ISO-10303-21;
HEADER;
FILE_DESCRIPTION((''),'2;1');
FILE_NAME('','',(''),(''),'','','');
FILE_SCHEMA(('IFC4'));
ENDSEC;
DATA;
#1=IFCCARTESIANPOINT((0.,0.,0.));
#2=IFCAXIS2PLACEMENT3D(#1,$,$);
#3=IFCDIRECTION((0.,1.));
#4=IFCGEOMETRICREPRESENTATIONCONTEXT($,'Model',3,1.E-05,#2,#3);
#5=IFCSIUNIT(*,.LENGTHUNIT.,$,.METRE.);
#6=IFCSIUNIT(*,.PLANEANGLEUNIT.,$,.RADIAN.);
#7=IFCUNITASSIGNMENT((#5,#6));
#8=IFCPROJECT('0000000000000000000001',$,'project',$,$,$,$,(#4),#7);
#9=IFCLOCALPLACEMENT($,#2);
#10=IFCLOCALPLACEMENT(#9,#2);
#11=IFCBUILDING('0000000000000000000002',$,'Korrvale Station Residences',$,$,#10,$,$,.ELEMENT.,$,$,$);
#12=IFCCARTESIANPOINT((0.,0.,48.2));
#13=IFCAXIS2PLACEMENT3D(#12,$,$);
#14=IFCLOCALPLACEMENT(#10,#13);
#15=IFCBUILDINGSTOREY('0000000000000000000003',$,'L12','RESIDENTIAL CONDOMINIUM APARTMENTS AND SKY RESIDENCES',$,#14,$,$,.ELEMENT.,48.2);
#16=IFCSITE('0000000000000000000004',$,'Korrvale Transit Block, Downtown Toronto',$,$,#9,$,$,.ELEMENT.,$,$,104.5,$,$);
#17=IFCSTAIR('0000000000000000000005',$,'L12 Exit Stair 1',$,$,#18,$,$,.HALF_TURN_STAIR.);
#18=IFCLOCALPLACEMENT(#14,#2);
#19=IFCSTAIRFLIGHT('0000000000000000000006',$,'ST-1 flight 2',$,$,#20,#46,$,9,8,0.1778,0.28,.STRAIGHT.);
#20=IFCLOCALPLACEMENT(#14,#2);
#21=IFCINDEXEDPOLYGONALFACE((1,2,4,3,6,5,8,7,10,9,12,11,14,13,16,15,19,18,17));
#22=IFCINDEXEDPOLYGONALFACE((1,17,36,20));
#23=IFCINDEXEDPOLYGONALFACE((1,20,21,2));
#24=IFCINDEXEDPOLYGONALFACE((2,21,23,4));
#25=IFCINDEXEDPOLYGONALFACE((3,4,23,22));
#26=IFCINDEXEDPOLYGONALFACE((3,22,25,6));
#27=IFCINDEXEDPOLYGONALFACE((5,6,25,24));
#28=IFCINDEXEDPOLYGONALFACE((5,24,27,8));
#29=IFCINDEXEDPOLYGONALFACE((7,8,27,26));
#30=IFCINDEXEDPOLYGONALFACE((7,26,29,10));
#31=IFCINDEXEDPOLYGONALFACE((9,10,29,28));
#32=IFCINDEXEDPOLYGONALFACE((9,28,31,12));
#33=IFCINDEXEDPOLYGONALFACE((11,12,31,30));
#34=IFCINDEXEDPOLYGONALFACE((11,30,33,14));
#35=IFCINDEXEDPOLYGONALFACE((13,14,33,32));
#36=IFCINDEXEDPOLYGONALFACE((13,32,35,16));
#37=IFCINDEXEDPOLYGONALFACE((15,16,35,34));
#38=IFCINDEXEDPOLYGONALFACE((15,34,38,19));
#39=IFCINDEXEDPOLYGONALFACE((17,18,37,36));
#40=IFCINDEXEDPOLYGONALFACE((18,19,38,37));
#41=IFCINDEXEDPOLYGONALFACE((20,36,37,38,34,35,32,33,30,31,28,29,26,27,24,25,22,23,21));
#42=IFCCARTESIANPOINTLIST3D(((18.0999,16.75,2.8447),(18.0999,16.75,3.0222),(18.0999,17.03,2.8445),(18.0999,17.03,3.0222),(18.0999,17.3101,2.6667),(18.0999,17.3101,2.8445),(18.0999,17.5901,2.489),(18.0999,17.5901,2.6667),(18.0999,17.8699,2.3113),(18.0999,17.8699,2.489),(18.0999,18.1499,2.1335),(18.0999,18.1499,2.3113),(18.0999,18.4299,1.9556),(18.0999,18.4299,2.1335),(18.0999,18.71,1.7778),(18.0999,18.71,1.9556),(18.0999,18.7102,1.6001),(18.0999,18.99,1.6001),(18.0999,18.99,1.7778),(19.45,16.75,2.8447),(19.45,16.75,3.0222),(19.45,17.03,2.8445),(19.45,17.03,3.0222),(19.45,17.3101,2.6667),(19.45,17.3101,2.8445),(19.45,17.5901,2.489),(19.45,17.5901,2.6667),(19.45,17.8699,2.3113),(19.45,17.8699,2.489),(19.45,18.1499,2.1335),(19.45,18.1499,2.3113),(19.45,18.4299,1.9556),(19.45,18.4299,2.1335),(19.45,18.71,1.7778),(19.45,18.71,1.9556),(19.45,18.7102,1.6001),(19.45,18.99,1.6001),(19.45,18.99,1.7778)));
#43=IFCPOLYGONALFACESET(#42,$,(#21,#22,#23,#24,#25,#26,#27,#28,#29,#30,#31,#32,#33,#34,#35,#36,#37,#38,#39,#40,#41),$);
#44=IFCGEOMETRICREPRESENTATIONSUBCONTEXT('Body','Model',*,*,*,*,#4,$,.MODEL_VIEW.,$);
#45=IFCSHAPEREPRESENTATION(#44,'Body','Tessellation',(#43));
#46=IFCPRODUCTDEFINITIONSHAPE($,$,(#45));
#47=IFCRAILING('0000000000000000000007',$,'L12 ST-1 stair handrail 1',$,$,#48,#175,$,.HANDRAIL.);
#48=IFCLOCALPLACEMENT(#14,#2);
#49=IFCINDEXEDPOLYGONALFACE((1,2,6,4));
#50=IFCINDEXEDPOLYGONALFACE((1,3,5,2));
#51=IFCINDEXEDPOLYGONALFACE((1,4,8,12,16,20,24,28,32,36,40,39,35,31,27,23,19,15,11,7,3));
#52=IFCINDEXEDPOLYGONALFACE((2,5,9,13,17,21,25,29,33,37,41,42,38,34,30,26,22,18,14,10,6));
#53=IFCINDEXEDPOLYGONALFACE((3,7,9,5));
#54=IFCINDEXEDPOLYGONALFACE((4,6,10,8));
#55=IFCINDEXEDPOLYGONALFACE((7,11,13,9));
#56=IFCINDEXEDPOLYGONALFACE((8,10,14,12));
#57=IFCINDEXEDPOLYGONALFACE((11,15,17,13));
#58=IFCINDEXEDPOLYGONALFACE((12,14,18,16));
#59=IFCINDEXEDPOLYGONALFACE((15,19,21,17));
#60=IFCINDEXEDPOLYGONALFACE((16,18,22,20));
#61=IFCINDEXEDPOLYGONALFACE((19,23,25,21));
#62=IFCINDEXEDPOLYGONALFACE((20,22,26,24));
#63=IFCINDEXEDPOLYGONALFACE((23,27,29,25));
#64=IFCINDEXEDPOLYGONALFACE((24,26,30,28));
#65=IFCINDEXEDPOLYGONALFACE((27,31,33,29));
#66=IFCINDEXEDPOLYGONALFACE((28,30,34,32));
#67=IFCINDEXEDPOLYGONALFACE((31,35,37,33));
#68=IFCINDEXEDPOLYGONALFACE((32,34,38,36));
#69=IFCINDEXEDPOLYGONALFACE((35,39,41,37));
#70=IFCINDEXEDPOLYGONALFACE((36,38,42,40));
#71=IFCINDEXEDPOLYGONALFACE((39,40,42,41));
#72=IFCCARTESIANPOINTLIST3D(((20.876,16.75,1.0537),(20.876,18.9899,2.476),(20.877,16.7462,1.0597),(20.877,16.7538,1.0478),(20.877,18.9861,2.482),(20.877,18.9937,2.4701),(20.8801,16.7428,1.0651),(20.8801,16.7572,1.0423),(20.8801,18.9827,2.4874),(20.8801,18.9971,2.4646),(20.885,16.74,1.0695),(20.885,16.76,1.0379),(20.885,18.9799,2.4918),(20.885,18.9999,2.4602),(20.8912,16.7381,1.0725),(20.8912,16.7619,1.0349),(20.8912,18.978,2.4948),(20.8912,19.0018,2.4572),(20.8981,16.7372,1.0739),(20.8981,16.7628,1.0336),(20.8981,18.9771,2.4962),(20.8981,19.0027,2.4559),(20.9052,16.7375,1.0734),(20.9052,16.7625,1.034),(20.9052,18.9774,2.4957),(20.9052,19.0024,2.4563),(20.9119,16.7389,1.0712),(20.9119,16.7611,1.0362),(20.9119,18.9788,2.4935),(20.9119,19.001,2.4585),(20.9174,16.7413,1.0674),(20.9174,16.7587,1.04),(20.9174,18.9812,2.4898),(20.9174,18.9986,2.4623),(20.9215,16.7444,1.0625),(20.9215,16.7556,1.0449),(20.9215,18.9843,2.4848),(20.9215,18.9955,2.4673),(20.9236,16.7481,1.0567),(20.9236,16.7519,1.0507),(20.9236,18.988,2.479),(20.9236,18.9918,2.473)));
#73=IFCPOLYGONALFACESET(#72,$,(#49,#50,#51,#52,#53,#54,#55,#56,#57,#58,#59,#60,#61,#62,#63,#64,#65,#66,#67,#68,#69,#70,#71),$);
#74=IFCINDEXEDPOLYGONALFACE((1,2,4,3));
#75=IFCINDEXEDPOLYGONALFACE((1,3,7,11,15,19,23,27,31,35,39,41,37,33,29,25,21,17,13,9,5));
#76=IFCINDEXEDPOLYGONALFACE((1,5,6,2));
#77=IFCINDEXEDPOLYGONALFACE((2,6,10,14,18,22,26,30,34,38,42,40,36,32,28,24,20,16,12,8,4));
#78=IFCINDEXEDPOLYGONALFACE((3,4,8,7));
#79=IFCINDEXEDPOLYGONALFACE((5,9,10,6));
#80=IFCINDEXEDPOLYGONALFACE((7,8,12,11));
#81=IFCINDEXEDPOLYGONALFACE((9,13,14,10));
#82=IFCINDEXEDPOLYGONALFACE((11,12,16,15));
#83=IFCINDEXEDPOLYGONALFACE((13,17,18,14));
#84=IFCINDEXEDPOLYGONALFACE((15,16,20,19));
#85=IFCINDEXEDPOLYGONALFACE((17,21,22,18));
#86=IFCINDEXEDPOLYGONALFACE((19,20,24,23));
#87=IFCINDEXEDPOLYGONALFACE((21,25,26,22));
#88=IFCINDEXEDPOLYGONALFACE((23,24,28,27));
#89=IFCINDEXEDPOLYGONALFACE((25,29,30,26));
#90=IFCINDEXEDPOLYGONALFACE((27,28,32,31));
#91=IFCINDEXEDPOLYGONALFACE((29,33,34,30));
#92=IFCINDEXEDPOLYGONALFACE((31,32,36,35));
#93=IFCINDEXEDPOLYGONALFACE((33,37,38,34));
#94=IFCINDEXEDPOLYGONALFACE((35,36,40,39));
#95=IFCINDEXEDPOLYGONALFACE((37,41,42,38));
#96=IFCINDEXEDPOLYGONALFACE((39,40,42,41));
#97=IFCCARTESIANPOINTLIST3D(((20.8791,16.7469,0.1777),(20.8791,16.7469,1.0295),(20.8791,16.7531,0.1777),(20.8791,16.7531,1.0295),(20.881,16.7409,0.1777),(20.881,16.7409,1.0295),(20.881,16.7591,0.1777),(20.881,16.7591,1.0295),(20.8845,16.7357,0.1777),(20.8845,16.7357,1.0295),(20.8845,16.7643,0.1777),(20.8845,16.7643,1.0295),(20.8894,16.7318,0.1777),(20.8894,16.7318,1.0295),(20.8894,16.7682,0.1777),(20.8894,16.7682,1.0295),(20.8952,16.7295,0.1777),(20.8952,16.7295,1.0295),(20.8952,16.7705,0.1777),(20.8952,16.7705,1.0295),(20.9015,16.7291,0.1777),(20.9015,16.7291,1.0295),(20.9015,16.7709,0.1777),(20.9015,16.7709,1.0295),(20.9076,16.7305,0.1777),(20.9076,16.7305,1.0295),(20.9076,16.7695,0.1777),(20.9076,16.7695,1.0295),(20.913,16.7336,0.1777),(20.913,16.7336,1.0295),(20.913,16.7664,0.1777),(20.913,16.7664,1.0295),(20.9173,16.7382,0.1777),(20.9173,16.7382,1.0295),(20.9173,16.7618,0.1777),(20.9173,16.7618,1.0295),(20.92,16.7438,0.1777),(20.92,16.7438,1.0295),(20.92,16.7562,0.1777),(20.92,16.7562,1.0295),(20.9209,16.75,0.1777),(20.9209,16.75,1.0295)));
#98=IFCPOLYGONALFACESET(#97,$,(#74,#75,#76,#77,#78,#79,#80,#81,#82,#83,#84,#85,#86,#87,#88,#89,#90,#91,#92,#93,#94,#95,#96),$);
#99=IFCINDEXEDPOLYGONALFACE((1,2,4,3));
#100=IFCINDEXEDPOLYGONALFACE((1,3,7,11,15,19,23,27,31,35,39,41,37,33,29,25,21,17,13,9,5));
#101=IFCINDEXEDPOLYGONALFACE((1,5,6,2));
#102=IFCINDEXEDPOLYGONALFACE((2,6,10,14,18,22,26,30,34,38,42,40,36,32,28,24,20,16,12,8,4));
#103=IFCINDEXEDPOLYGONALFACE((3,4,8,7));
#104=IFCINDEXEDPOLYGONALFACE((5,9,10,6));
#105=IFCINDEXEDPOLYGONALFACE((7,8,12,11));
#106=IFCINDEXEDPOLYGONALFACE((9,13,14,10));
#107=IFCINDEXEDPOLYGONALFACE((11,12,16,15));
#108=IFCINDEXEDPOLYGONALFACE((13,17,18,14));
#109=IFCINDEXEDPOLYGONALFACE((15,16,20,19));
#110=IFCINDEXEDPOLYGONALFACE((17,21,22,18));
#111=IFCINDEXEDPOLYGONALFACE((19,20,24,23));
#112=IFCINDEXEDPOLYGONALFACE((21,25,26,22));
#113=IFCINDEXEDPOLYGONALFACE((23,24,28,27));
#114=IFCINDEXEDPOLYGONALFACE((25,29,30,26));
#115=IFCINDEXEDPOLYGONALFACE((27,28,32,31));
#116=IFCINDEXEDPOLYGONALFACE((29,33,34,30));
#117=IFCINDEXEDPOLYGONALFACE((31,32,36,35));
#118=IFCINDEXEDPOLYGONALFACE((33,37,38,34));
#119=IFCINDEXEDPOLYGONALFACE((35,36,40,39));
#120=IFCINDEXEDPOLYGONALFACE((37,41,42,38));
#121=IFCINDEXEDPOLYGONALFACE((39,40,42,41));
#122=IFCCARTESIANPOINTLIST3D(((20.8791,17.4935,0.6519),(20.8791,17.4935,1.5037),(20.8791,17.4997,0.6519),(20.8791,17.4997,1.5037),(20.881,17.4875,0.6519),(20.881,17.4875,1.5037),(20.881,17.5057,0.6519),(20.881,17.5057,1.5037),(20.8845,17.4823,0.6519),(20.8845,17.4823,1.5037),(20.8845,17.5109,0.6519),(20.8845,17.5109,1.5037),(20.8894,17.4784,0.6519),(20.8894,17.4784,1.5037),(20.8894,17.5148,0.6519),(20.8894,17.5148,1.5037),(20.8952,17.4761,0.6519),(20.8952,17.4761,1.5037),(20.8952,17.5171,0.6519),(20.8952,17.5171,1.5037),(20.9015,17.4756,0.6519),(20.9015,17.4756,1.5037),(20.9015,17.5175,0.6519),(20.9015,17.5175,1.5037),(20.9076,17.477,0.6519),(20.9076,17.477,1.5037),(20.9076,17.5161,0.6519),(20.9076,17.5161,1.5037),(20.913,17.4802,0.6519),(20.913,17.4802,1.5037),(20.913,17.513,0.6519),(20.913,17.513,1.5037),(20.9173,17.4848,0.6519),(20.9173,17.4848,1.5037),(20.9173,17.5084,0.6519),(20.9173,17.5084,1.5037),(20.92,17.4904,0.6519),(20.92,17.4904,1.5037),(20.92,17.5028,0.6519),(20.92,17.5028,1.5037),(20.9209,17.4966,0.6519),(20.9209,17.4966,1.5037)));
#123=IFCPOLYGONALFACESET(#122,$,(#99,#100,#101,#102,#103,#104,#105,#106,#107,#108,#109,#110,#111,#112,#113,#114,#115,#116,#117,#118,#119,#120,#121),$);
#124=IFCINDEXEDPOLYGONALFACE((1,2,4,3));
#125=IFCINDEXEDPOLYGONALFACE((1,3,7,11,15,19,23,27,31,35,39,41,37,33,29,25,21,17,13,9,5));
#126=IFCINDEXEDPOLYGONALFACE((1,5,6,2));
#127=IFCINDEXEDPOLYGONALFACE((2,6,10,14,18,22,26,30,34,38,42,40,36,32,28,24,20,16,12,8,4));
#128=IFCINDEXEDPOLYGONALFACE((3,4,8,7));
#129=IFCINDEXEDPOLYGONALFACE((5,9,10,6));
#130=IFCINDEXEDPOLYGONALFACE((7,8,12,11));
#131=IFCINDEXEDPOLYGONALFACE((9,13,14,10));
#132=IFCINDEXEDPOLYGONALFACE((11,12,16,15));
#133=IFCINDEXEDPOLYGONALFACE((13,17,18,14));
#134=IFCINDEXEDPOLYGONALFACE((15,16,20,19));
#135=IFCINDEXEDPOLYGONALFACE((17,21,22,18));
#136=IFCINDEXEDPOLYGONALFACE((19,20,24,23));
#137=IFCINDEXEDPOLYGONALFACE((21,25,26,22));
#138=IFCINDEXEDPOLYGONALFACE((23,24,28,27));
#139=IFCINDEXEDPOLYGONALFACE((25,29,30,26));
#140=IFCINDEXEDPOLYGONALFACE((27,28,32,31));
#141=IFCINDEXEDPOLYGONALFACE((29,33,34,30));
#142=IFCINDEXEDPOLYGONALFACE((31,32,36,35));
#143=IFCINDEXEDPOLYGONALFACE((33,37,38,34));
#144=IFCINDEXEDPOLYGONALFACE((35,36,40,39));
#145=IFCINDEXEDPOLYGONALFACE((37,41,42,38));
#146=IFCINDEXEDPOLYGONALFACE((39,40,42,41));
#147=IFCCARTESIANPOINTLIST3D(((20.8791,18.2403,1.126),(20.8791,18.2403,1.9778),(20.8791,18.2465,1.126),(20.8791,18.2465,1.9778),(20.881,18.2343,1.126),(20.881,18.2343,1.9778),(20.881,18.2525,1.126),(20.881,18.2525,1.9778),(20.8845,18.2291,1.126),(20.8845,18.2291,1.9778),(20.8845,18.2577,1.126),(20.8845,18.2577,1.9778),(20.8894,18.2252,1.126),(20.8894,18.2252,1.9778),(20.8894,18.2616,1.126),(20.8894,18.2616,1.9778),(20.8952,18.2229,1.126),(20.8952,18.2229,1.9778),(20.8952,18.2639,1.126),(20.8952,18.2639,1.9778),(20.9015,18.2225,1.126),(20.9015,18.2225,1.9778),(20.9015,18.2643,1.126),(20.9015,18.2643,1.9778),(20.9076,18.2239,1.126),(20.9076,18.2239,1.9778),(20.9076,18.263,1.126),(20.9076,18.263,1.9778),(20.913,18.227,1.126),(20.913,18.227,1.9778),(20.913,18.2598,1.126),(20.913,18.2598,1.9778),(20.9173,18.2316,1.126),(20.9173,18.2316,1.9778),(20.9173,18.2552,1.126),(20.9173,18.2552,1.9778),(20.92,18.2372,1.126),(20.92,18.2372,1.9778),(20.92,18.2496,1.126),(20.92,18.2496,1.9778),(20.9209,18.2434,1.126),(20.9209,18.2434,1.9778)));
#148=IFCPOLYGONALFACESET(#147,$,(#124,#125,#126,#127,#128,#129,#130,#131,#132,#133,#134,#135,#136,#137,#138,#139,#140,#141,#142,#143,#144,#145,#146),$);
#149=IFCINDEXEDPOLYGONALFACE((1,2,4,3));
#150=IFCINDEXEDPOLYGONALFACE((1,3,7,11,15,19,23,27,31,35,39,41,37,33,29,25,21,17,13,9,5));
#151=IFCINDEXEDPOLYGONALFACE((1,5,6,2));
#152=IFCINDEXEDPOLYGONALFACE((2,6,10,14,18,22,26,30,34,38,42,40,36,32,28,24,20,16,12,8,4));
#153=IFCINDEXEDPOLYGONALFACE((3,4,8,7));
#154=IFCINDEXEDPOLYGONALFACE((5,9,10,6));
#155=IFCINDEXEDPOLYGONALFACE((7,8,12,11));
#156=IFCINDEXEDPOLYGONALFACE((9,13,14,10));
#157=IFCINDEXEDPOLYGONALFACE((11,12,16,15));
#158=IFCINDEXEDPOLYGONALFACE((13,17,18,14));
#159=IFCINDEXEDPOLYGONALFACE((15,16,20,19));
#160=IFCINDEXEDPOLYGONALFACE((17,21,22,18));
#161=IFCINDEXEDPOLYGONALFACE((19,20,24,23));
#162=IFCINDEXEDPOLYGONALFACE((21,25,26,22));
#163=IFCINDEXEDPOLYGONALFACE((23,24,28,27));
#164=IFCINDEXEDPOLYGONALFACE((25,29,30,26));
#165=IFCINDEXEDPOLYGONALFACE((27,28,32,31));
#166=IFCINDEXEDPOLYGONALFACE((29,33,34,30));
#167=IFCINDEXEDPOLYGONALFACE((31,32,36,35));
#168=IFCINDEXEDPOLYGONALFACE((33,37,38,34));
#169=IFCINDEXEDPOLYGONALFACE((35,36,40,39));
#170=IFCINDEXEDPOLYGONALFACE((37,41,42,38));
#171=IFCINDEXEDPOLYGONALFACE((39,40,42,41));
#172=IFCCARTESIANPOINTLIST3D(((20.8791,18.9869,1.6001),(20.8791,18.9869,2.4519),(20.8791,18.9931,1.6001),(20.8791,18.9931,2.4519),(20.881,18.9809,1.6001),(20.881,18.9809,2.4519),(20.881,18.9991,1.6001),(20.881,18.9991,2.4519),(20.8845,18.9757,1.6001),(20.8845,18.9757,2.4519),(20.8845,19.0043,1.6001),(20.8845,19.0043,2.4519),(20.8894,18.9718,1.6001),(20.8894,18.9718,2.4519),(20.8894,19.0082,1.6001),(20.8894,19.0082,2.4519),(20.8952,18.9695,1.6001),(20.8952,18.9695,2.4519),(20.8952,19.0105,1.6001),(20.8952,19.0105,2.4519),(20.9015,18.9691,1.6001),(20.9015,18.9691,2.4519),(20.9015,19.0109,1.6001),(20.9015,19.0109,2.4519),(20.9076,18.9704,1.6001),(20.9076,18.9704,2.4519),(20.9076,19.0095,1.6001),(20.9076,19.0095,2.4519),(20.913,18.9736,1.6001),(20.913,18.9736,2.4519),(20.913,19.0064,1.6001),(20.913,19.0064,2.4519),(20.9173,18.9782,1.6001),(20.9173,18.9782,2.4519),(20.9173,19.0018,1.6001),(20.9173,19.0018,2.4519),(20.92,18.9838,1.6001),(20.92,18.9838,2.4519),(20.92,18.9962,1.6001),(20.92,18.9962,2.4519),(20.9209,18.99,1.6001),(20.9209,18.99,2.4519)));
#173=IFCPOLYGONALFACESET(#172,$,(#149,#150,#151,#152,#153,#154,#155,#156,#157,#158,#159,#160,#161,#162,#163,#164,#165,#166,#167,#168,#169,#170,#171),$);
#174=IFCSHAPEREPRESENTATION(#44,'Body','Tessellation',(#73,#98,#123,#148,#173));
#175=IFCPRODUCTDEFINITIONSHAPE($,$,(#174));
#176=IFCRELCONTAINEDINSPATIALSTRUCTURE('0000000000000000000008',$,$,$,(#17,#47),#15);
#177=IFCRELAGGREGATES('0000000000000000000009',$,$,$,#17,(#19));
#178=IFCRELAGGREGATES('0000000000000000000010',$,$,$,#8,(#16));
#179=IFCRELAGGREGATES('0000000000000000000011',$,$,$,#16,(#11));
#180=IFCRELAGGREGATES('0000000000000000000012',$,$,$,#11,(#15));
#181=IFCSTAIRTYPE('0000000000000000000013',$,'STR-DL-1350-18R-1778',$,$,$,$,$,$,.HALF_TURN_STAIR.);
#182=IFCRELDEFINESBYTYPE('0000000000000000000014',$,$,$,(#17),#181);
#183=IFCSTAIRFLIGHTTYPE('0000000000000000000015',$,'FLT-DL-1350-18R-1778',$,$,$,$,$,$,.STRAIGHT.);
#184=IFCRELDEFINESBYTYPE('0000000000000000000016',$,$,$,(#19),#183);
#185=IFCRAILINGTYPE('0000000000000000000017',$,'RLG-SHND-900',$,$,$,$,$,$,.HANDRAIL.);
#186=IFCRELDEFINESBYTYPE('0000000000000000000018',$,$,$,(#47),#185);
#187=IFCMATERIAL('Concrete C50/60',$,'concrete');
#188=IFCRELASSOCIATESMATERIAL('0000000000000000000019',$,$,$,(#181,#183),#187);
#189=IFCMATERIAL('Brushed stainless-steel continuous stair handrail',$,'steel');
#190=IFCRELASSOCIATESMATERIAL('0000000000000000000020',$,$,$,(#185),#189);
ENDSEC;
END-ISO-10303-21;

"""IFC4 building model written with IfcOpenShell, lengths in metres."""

from ifc_helpers import new_model, si_unit, direction, frame, origin, origin_2d, place, context, subcontext, project, spatial, polyline, circle, outline, extrude, material, type_object, element, aggregate, save


model = new_model("IFC4")

# Units and contexts
model_context = context("Model", 3, precision=1e-05, world=origin(), true_north=direction((0.0, 1.0)))
body_context = subcontext(model_context, "Body", "Model", "MODEL_VIEW")
ifc_project = project(units=[si_unit("LENGTHUNIT", "METRE"), si_unit("PLANEANGLEUNIT", "RADIAN")], contexts=[model_context])

# Site, building, storey
site_placement = place(None, origin())
site = spatial("IfcSite", under=ifc_project, at=site_placement, Name="Korrvale Transit Block, Downtown Toronto", CompositionType="ELEMENT", RefElevation=104.5)
building_placement = place(site_placement, origin())
building = spatial("IfcBuilding", under=site, at=building_placement, Name="Korrvale Station Residences", CompositionType="ELEMENT")
storey_placement = place(building_placement, frame((0.0, 0.0, 48.2)))
storey = spatial("IfcBuildingStorey", under=building, at=storey_placement, Name="L12", Description="RESIDENTIAL CONDOMINIUM APARTMENTS AND SKY RESIDENCES", CompositionType="ELEMENT", Elevation=48.2)

# Stair, stair flight
ifc_material_1 = material(Name="Concrete C50/60", Category="concrete")
stair_type = type_object("IfcStairType", Name="STR-DL-1350-18R-1778", PredefinedType="HALF_TURN_STAIR", material=ifc_material_1)
stair_placement = place(storey_placement, origin())
stair = element("IfcStair", 1, at=stair_placement, inside=storey, type_object=stair_type, Name="L12 Exit Stair 1", PredefinedType="HALF_TURN_STAIR")
stair_flight_type = type_object("IfcStairFlightType", Name="FLT-DL-1350-18R-1778", PredefinedType="STRAIGHT", material=ifc_material_1)
stair_flight_1_placement = place(storey_placement, frame((18.7749, 18.99, 1.6001), z_axis=(0.0, 0.0, 1.0), x_axis=(0.0, -1.0, 0.0)))
stair_flight_1 = element("IfcStairFlight", 2, at=stair_flight_1_placement, type_object=stair_flight_type, Name="ST-1 flight 2", NumberOfRisers=9, NumberOfTreads=8, PredefinedType="STRAIGHT", RiserHeight=0.1778, TreadLength=0.28, context=body_context, shape_type="SweptSolid", body=[
    extrude(outline(polyline([(0.0, 0.0), (0.0, 0.1777), (0.28, 0.1777), (0.28, 0.3555), (0.5601, 0.3555), (0.5601, 0.5334), (0.8401, 0.5334), (0.8401, 0.7112), (1.1201, 0.7112), (1.1201, 0.8889), (1.3999, 0.8889), (1.3999, 1.0667), (1.6799, 1.0667), (1.6799, 1.2444), (1.96, 1.2444), (1.96, 1.4221), (2.24, 1.4221), (2.24, 1.6001), (2.24, 1.2446), (0.2798, 0.0), (0.0, 0.0)])), frame((0.0, 0.675, 0.0), z_axis=(0.0, -1.0, 0.0), x_axis=(1.0, 0.0, 0.0)), (0.0, 0.0, 1.0), 1.3501),
])
aggregate(stair, [stair_flight_1])

# Railing
ifc_material_2 = material(Name="Brushed stainless-steel continuous stair handrail", Category="steel")
railing_type_1 = type_object("IfcRailingType", Name="RLG-SHND-900", PredefinedType="HANDRAIL", material=ifc_material_2)
railing_1_placement = place(storey_placement, frame((20.8999, 16.75, 0.1777)))
element("IfcRailing", 3, at=railing_1_placement, inside=storey, type_object=railing_type_1, Name="L12 ST-1 stair handrail 1", PredefinedType="HANDRAIL", context=body_context, shape_type="SweptSolid", body=[
    extrude(circle(Radius=0.0239, at=origin_2d()), frame((0.0, 0.0, 0.876), z_axis=(0.0, 0.844188, 0.536048), x_axis=(-1.0, 0.0, 0.0)), (0.0, 0.0, 1.0), 2.6533),
    extrude(circle(Radius=0.021, at=origin_2d()), origin(), (0.0, 0.0, 1.0), 0.8518),
    extrude(circle(Radius=0.021, at=origin_2d()), frame((0.0, 0.7466, 0.4741)), (0.0, 0.0, 1.0), 0.8518),
    extrude(circle(Radius=0.021, at=origin_2d()), frame((0.0, 1.4934, 0.9482)), (0.0, 0.0, 1.0), 0.8518),
    extrude(circle(Radius=0.021, at=origin_2d()), frame((0.0, 2.24, 1.4224)), (0.0, 0.0, 1.0), 0.8518),
])

save(model, "model.ifc")
